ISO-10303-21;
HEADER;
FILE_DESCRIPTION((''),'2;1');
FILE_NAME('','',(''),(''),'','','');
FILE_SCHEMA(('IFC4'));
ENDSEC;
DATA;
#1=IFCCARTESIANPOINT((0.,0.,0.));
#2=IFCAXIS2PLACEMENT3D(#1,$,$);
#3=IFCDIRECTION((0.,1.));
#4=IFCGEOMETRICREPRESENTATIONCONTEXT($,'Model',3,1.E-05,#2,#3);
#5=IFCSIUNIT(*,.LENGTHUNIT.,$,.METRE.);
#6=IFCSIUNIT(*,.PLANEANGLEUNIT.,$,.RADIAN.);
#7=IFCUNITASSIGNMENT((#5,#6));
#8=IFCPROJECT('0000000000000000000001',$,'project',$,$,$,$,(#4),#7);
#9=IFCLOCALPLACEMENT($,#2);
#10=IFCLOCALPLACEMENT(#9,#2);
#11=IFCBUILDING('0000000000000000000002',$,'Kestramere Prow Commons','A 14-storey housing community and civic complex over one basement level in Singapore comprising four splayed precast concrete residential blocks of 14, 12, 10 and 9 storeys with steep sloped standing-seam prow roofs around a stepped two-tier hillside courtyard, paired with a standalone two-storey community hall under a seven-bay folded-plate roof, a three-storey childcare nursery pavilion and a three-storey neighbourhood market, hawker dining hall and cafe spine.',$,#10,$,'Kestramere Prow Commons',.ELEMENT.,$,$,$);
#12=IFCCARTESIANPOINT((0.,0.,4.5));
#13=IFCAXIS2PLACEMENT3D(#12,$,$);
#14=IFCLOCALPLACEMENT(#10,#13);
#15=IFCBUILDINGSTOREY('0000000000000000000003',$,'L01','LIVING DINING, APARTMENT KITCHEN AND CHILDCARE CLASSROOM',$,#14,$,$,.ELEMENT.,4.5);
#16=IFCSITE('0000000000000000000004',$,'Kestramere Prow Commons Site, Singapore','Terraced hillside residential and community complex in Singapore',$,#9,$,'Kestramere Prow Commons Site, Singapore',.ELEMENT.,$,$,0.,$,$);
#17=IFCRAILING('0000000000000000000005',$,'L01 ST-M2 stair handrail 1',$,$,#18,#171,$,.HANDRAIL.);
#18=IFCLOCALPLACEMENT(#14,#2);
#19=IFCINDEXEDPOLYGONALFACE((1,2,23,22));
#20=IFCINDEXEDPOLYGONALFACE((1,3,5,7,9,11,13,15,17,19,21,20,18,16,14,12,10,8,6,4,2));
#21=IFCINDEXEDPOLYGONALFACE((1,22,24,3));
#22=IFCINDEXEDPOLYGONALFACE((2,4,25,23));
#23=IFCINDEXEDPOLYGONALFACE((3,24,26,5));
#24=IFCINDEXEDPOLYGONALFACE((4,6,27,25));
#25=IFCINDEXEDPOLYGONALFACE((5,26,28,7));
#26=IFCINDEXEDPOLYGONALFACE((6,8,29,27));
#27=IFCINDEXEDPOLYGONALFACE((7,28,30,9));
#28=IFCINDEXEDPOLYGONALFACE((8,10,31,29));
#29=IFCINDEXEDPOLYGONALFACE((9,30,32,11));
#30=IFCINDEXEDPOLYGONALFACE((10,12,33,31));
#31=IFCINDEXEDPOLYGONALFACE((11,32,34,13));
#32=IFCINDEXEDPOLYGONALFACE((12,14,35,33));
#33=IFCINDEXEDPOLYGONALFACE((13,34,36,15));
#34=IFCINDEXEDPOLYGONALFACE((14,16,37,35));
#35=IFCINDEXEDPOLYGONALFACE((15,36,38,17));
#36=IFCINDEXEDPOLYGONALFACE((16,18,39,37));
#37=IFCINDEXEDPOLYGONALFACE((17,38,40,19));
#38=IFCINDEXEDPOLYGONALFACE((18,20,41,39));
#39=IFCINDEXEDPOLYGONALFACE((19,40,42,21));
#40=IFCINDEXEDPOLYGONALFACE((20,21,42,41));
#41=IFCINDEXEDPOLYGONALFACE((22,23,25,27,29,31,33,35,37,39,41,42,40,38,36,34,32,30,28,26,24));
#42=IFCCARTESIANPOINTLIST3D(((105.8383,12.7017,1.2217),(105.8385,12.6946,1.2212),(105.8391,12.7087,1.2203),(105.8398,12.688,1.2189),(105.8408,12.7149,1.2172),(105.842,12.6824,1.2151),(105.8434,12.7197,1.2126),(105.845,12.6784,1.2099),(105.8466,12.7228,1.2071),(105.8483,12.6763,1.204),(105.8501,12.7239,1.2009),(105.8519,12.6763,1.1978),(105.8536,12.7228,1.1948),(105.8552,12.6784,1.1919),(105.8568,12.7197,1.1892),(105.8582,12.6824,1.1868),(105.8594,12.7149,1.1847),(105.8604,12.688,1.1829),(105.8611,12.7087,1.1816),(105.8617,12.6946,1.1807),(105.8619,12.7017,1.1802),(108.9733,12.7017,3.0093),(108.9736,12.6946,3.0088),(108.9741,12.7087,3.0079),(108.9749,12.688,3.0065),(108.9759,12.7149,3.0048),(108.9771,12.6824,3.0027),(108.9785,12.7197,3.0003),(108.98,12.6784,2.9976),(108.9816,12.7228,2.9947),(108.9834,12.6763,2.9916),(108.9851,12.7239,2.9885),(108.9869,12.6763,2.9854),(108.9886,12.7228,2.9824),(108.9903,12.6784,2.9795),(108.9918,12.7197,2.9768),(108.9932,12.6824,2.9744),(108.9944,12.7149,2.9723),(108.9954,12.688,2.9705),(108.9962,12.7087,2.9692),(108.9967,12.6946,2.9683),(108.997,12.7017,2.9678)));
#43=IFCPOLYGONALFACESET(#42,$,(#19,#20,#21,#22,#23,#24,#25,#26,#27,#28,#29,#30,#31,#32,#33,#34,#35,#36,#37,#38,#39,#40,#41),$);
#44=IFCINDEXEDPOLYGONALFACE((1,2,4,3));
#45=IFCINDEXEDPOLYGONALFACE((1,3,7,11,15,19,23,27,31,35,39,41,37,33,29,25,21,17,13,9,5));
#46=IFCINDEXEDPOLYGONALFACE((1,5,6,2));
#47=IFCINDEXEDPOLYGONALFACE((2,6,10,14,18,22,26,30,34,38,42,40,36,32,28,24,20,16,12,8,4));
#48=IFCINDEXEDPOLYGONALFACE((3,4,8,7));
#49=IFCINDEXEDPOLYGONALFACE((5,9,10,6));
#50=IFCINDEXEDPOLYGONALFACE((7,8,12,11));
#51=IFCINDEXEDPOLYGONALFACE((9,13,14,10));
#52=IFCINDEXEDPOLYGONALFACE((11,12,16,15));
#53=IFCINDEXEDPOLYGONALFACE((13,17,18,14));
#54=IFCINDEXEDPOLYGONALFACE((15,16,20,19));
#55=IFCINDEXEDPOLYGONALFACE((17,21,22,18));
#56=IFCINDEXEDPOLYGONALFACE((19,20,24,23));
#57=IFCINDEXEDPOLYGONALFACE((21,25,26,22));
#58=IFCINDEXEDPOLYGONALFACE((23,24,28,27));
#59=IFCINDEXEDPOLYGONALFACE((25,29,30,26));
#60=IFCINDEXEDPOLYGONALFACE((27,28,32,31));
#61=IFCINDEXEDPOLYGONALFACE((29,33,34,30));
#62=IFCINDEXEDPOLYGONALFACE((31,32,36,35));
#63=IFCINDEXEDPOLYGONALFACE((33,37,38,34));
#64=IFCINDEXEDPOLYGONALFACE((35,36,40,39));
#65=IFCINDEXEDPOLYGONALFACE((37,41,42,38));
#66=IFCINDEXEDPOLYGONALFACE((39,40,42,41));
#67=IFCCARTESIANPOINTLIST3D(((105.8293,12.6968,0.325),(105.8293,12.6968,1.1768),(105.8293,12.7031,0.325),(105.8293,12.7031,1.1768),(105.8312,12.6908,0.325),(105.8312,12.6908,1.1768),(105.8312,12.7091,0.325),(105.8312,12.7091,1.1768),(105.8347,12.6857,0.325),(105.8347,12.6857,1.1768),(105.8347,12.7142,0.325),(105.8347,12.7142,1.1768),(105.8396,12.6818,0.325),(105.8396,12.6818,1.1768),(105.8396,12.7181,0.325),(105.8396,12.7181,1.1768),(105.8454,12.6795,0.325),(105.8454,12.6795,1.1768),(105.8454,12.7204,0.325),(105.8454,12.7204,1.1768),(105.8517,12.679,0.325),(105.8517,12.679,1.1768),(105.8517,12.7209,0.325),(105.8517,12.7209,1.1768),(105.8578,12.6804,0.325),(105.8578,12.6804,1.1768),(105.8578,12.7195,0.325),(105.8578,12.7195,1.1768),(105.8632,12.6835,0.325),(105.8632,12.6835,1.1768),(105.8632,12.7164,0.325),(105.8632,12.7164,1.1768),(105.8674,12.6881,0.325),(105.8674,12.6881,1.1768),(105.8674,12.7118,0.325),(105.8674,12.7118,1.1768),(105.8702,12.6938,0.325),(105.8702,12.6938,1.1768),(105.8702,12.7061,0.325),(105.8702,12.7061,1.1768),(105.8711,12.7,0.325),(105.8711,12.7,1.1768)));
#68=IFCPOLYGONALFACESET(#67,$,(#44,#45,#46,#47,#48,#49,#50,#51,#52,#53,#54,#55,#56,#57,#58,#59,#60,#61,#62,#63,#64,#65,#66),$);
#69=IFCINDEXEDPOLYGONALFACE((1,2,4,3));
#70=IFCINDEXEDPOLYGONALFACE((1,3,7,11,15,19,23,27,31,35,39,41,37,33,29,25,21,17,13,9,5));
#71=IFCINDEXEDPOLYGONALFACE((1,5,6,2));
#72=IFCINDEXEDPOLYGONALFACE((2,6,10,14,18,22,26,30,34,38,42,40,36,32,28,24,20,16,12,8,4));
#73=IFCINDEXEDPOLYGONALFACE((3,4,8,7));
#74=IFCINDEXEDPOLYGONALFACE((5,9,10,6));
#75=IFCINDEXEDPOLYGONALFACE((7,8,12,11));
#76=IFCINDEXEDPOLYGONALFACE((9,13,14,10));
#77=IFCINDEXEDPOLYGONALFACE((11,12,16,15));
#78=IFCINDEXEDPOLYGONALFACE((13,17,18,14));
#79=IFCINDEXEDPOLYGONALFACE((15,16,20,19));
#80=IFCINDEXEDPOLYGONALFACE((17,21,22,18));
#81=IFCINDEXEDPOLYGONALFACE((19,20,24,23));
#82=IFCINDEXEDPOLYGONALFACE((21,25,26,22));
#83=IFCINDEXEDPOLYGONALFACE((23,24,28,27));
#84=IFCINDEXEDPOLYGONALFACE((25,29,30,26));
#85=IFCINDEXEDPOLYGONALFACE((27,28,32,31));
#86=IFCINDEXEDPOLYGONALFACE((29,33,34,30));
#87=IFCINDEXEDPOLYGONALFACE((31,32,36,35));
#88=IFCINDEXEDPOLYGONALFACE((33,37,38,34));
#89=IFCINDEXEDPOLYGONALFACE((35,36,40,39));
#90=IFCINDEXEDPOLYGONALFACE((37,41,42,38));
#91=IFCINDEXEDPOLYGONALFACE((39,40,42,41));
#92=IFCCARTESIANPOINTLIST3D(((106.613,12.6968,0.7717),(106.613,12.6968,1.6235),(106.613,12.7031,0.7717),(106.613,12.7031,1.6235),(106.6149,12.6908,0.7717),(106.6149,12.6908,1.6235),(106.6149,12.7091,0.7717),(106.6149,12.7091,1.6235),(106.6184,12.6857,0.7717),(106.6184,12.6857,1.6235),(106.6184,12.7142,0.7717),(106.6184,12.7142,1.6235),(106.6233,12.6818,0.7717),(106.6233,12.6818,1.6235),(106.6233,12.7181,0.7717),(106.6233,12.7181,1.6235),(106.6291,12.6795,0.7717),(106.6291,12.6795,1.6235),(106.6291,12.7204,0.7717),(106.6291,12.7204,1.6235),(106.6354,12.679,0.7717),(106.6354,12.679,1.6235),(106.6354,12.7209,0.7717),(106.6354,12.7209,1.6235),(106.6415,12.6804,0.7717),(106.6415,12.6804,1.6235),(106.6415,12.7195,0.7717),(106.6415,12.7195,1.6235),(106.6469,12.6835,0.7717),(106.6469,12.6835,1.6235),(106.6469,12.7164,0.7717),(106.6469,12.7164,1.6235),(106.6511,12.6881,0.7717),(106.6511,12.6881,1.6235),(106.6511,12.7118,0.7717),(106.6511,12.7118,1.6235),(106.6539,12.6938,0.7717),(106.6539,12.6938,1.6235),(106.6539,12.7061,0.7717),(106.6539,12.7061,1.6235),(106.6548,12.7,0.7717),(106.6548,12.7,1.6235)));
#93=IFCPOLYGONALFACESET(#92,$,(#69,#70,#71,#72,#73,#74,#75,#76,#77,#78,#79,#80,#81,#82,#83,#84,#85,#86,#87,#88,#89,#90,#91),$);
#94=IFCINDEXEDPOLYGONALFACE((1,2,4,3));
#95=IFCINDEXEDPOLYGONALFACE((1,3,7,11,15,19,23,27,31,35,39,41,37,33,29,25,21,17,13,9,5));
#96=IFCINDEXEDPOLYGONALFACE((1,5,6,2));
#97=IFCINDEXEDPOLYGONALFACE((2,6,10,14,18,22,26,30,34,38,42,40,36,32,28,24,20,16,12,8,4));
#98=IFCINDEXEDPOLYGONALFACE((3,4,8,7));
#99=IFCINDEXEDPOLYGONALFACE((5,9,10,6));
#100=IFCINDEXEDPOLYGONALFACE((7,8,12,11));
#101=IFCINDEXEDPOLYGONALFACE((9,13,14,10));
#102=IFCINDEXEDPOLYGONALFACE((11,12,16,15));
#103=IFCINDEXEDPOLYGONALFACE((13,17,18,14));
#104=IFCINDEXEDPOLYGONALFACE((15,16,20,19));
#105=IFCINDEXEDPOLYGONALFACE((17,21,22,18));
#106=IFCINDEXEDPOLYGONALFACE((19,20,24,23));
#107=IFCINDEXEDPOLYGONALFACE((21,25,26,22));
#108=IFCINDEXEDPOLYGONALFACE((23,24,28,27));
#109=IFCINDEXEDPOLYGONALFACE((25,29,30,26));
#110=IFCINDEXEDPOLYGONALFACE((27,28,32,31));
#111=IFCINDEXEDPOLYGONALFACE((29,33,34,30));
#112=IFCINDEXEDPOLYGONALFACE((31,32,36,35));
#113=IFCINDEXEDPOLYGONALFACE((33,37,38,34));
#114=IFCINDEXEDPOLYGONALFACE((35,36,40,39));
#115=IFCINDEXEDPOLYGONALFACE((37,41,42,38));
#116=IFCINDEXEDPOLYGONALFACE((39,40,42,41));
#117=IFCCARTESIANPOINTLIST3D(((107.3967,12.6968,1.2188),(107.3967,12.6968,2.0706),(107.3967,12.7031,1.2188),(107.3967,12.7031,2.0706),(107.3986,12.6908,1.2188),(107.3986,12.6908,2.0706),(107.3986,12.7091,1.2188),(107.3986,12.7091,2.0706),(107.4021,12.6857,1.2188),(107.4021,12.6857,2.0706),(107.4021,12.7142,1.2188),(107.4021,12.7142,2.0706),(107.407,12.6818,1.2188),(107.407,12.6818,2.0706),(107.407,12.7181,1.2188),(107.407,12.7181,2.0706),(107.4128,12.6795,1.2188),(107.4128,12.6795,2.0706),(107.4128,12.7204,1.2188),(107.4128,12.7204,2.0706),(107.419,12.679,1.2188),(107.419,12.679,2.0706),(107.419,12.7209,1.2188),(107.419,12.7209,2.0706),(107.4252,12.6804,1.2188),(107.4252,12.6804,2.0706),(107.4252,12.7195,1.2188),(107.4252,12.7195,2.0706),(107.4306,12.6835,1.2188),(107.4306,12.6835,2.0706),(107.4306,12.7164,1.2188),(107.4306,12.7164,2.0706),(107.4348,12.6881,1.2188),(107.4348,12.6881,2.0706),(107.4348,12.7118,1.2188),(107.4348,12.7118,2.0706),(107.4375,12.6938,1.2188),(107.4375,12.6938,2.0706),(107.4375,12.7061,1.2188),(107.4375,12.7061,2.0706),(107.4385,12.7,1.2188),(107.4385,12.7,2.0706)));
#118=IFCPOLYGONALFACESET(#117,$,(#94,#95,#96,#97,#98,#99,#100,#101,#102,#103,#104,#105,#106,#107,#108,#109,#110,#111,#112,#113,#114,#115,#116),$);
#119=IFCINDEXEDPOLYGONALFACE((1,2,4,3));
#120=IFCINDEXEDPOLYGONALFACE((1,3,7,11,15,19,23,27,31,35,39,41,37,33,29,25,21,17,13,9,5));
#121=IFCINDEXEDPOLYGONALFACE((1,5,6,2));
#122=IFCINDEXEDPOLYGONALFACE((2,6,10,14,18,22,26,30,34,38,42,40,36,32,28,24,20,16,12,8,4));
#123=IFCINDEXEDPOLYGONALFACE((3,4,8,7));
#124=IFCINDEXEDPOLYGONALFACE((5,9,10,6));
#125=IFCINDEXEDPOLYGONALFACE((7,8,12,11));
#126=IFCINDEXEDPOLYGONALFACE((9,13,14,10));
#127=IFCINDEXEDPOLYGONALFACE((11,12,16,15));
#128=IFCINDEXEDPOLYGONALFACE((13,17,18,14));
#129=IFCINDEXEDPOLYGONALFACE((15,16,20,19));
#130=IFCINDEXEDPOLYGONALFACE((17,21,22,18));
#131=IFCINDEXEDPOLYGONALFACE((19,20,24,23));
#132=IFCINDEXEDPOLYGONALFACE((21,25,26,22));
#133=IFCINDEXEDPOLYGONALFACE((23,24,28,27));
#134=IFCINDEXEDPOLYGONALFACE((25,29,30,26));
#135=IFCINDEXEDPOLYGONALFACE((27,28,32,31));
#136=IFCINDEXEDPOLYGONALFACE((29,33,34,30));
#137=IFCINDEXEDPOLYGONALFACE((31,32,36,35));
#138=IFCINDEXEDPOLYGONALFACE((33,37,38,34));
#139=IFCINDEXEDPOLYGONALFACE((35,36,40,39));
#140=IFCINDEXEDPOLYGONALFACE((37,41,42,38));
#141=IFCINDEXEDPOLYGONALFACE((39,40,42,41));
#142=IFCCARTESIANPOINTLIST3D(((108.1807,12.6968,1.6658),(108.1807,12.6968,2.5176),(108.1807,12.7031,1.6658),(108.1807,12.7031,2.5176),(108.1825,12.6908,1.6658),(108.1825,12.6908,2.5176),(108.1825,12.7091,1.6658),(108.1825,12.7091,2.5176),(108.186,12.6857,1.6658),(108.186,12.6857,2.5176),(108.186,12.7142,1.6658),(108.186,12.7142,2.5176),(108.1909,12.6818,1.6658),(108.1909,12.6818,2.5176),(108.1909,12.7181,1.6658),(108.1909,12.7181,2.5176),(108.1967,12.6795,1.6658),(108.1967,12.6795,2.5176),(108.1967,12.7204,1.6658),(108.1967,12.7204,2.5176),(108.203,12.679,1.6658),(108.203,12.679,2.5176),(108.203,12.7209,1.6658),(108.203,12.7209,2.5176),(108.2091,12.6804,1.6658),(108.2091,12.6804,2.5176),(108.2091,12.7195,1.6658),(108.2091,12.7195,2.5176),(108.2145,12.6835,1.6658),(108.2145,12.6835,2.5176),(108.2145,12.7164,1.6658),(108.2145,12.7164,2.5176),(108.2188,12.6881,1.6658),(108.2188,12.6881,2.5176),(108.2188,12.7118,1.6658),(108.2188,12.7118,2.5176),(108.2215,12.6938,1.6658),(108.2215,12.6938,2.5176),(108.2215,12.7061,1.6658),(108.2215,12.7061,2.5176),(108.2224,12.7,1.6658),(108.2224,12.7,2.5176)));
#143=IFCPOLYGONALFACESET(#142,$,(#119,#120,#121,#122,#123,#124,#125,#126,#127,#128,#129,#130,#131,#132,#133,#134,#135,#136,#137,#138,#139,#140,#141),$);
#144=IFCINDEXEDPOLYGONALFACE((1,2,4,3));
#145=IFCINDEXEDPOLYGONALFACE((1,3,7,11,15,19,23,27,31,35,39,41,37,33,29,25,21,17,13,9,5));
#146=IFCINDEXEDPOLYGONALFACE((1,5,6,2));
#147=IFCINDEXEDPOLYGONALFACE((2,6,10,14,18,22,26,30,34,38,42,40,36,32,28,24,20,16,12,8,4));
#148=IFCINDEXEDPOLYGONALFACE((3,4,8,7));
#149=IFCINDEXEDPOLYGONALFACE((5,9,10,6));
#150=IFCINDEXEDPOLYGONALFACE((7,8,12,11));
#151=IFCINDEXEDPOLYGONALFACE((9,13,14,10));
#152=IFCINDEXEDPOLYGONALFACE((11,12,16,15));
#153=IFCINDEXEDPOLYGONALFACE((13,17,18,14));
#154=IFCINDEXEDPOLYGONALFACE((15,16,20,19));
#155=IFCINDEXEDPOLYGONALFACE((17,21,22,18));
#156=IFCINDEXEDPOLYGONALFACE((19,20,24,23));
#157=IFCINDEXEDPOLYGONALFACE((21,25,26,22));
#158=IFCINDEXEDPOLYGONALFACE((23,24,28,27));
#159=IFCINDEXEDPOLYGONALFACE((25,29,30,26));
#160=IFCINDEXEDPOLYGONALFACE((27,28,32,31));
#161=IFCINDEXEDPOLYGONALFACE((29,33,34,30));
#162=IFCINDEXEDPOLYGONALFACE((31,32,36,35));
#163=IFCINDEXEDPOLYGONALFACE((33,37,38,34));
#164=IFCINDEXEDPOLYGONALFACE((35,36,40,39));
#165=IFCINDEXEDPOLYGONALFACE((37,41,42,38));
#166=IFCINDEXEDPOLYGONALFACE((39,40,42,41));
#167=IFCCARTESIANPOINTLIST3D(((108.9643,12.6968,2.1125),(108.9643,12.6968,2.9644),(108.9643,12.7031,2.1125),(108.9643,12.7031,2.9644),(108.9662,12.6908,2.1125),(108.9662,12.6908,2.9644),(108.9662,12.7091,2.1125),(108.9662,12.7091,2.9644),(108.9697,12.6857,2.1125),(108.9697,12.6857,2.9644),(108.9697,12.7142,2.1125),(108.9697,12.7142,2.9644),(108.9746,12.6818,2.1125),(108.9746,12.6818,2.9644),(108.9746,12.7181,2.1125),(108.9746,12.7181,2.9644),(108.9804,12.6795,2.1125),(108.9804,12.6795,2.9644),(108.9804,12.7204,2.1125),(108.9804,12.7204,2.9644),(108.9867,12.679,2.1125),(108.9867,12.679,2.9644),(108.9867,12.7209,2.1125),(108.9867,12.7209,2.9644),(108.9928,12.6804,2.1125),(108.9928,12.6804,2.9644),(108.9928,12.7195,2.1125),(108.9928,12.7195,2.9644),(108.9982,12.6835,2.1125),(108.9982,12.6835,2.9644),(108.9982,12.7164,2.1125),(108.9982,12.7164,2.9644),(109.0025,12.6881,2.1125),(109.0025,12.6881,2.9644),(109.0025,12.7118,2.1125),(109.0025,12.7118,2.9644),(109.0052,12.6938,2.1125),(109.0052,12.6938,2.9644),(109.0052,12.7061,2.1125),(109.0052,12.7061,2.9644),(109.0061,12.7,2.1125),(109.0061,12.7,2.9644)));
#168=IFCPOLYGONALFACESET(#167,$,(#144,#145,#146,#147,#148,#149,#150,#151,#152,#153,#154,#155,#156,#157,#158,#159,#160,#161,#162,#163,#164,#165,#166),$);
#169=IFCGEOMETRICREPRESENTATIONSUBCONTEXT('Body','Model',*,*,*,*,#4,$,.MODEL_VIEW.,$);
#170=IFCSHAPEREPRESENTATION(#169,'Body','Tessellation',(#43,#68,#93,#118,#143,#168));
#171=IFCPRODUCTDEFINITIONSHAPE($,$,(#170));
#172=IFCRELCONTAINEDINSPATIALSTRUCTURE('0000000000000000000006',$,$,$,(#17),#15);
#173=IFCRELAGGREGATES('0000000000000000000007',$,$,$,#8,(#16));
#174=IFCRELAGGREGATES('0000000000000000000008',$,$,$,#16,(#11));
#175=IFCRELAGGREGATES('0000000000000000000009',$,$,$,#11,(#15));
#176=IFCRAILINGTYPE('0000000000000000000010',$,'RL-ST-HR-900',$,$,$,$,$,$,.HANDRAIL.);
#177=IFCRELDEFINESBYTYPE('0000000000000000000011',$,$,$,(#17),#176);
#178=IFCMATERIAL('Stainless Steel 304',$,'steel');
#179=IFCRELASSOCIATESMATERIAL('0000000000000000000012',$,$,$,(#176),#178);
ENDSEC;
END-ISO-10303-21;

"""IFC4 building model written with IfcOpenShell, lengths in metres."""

from ifc_helpers import new_model, si_unit, direction, frame, origin, origin_2d, place, context, subcontext, project, spatial, circle, extrude, material, type_object, element, save


model = new_model("IFC4")

# Units and contexts
model_context = context("Model", 3, precision=1e-05, world=origin(), true_north=direction((0.0, 1.0)))
body_context = subcontext(model_context, "Body", "Model", "MODEL_VIEW")
ifc_project = project(units=[si_unit("LENGTHUNIT", "METRE"), si_unit("PLANEANGLEUNIT", "RADIAN")], contexts=[model_context])

# Site, building, storey
site_placement = place(None, origin())
site = spatial("IfcSite", under=ifc_project, at=site_placement, Name="Kestramere Prow Commons Site, Singapore", Description="Terraced hillside residential and community complex in Singapore", LongName="Kestramere Prow Commons Site, Singapore", CompositionType="ELEMENT", RefElevation=0.0)
building_placement = place(site_placement, origin())
building = spatial("IfcBuilding", under=site, at=building_placement, Name="Kestramere Prow Commons", Description="A 14-storey housing community and civic complex over one basement level in Singapore comprising four splayed precast concrete residential blocks of 14, 12, 10 and 9 storeys with steep sloped standing-seam prow roofs around a stepped two-tier hillside courtyard, paired with a standalone two-storey community hall under a seven-bay folded-plate roof, a three-storey childcare nursery pavilion and a three-storey neighbourhood market, hawker dining hall and cafe spine.", LongName="Kestramere Prow Commons", CompositionType="ELEMENT")
storey_placement = place(building_placement, frame((0.0, 0.0, 4.5)))
storey = spatial("IfcBuildingStorey", under=building, at=storey_placement, Name="L01", Description="LIVING DINING, APARTMENT KITCHEN AND CHILDCARE CLASSROOM", CompositionType="ELEMENT", Elevation=4.5)

# Railing
ifc_material_1 = material(Name="Stainless Steel 304", Category="steel")
railing_type_1 = type_object("IfcRailingType", Name="RL-ST-HR-900", PredefinedType="HANDRAIL", material=ifc_material_1)
railing_1_placement = place(storey_placement, frame((105.8501, 12.7, 0.325)))
element("IfcRailing", 1, at=railing_1_placement, inside=storey, type_object=railing_type_1, Name="L01 ST-M2 stair handrail 1", PredefinedType="HANDRAIL", context=body_context, shape_type="SweptSolid", body=[
    extrude(circle(Radius=0.0239, at=origin_2d()), frame((0.0, 0.0, 0.876), z_axis=(0.868701, 0.0, 0.495337), x_axis=(0.0, 1.0, 0.0)), (0.0, 0.0, 1.0), 3.6089),
    extrude(circle(Radius=0.021, at=origin_2d()), origin(), (0.0, 0.0, 1.0), 0.8518),
    extrude(circle(Radius=0.021, at=origin_2d()), frame((0.7837, 0.0, 0.4468)), (0.0, 0.0, 1.0), 0.8518),
    extrude(circle(Radius=0.021, at=origin_2d()), frame((1.5674, 0.0, 0.8938)), (0.0, 0.0, 1.0), 0.8518),
    extrude(circle(Radius=0.021, at=origin_2d()), frame((2.3513, 0.0, 1.3408)), (0.0, 0.0, 1.0), 0.8518),
    extrude(circle(Radius=0.021, at=origin_2d()), frame((3.135, 0.0, 1.7876)), (0.0, 0.0, 1.0), 0.8518),
])

save(model, "model.ifc")
